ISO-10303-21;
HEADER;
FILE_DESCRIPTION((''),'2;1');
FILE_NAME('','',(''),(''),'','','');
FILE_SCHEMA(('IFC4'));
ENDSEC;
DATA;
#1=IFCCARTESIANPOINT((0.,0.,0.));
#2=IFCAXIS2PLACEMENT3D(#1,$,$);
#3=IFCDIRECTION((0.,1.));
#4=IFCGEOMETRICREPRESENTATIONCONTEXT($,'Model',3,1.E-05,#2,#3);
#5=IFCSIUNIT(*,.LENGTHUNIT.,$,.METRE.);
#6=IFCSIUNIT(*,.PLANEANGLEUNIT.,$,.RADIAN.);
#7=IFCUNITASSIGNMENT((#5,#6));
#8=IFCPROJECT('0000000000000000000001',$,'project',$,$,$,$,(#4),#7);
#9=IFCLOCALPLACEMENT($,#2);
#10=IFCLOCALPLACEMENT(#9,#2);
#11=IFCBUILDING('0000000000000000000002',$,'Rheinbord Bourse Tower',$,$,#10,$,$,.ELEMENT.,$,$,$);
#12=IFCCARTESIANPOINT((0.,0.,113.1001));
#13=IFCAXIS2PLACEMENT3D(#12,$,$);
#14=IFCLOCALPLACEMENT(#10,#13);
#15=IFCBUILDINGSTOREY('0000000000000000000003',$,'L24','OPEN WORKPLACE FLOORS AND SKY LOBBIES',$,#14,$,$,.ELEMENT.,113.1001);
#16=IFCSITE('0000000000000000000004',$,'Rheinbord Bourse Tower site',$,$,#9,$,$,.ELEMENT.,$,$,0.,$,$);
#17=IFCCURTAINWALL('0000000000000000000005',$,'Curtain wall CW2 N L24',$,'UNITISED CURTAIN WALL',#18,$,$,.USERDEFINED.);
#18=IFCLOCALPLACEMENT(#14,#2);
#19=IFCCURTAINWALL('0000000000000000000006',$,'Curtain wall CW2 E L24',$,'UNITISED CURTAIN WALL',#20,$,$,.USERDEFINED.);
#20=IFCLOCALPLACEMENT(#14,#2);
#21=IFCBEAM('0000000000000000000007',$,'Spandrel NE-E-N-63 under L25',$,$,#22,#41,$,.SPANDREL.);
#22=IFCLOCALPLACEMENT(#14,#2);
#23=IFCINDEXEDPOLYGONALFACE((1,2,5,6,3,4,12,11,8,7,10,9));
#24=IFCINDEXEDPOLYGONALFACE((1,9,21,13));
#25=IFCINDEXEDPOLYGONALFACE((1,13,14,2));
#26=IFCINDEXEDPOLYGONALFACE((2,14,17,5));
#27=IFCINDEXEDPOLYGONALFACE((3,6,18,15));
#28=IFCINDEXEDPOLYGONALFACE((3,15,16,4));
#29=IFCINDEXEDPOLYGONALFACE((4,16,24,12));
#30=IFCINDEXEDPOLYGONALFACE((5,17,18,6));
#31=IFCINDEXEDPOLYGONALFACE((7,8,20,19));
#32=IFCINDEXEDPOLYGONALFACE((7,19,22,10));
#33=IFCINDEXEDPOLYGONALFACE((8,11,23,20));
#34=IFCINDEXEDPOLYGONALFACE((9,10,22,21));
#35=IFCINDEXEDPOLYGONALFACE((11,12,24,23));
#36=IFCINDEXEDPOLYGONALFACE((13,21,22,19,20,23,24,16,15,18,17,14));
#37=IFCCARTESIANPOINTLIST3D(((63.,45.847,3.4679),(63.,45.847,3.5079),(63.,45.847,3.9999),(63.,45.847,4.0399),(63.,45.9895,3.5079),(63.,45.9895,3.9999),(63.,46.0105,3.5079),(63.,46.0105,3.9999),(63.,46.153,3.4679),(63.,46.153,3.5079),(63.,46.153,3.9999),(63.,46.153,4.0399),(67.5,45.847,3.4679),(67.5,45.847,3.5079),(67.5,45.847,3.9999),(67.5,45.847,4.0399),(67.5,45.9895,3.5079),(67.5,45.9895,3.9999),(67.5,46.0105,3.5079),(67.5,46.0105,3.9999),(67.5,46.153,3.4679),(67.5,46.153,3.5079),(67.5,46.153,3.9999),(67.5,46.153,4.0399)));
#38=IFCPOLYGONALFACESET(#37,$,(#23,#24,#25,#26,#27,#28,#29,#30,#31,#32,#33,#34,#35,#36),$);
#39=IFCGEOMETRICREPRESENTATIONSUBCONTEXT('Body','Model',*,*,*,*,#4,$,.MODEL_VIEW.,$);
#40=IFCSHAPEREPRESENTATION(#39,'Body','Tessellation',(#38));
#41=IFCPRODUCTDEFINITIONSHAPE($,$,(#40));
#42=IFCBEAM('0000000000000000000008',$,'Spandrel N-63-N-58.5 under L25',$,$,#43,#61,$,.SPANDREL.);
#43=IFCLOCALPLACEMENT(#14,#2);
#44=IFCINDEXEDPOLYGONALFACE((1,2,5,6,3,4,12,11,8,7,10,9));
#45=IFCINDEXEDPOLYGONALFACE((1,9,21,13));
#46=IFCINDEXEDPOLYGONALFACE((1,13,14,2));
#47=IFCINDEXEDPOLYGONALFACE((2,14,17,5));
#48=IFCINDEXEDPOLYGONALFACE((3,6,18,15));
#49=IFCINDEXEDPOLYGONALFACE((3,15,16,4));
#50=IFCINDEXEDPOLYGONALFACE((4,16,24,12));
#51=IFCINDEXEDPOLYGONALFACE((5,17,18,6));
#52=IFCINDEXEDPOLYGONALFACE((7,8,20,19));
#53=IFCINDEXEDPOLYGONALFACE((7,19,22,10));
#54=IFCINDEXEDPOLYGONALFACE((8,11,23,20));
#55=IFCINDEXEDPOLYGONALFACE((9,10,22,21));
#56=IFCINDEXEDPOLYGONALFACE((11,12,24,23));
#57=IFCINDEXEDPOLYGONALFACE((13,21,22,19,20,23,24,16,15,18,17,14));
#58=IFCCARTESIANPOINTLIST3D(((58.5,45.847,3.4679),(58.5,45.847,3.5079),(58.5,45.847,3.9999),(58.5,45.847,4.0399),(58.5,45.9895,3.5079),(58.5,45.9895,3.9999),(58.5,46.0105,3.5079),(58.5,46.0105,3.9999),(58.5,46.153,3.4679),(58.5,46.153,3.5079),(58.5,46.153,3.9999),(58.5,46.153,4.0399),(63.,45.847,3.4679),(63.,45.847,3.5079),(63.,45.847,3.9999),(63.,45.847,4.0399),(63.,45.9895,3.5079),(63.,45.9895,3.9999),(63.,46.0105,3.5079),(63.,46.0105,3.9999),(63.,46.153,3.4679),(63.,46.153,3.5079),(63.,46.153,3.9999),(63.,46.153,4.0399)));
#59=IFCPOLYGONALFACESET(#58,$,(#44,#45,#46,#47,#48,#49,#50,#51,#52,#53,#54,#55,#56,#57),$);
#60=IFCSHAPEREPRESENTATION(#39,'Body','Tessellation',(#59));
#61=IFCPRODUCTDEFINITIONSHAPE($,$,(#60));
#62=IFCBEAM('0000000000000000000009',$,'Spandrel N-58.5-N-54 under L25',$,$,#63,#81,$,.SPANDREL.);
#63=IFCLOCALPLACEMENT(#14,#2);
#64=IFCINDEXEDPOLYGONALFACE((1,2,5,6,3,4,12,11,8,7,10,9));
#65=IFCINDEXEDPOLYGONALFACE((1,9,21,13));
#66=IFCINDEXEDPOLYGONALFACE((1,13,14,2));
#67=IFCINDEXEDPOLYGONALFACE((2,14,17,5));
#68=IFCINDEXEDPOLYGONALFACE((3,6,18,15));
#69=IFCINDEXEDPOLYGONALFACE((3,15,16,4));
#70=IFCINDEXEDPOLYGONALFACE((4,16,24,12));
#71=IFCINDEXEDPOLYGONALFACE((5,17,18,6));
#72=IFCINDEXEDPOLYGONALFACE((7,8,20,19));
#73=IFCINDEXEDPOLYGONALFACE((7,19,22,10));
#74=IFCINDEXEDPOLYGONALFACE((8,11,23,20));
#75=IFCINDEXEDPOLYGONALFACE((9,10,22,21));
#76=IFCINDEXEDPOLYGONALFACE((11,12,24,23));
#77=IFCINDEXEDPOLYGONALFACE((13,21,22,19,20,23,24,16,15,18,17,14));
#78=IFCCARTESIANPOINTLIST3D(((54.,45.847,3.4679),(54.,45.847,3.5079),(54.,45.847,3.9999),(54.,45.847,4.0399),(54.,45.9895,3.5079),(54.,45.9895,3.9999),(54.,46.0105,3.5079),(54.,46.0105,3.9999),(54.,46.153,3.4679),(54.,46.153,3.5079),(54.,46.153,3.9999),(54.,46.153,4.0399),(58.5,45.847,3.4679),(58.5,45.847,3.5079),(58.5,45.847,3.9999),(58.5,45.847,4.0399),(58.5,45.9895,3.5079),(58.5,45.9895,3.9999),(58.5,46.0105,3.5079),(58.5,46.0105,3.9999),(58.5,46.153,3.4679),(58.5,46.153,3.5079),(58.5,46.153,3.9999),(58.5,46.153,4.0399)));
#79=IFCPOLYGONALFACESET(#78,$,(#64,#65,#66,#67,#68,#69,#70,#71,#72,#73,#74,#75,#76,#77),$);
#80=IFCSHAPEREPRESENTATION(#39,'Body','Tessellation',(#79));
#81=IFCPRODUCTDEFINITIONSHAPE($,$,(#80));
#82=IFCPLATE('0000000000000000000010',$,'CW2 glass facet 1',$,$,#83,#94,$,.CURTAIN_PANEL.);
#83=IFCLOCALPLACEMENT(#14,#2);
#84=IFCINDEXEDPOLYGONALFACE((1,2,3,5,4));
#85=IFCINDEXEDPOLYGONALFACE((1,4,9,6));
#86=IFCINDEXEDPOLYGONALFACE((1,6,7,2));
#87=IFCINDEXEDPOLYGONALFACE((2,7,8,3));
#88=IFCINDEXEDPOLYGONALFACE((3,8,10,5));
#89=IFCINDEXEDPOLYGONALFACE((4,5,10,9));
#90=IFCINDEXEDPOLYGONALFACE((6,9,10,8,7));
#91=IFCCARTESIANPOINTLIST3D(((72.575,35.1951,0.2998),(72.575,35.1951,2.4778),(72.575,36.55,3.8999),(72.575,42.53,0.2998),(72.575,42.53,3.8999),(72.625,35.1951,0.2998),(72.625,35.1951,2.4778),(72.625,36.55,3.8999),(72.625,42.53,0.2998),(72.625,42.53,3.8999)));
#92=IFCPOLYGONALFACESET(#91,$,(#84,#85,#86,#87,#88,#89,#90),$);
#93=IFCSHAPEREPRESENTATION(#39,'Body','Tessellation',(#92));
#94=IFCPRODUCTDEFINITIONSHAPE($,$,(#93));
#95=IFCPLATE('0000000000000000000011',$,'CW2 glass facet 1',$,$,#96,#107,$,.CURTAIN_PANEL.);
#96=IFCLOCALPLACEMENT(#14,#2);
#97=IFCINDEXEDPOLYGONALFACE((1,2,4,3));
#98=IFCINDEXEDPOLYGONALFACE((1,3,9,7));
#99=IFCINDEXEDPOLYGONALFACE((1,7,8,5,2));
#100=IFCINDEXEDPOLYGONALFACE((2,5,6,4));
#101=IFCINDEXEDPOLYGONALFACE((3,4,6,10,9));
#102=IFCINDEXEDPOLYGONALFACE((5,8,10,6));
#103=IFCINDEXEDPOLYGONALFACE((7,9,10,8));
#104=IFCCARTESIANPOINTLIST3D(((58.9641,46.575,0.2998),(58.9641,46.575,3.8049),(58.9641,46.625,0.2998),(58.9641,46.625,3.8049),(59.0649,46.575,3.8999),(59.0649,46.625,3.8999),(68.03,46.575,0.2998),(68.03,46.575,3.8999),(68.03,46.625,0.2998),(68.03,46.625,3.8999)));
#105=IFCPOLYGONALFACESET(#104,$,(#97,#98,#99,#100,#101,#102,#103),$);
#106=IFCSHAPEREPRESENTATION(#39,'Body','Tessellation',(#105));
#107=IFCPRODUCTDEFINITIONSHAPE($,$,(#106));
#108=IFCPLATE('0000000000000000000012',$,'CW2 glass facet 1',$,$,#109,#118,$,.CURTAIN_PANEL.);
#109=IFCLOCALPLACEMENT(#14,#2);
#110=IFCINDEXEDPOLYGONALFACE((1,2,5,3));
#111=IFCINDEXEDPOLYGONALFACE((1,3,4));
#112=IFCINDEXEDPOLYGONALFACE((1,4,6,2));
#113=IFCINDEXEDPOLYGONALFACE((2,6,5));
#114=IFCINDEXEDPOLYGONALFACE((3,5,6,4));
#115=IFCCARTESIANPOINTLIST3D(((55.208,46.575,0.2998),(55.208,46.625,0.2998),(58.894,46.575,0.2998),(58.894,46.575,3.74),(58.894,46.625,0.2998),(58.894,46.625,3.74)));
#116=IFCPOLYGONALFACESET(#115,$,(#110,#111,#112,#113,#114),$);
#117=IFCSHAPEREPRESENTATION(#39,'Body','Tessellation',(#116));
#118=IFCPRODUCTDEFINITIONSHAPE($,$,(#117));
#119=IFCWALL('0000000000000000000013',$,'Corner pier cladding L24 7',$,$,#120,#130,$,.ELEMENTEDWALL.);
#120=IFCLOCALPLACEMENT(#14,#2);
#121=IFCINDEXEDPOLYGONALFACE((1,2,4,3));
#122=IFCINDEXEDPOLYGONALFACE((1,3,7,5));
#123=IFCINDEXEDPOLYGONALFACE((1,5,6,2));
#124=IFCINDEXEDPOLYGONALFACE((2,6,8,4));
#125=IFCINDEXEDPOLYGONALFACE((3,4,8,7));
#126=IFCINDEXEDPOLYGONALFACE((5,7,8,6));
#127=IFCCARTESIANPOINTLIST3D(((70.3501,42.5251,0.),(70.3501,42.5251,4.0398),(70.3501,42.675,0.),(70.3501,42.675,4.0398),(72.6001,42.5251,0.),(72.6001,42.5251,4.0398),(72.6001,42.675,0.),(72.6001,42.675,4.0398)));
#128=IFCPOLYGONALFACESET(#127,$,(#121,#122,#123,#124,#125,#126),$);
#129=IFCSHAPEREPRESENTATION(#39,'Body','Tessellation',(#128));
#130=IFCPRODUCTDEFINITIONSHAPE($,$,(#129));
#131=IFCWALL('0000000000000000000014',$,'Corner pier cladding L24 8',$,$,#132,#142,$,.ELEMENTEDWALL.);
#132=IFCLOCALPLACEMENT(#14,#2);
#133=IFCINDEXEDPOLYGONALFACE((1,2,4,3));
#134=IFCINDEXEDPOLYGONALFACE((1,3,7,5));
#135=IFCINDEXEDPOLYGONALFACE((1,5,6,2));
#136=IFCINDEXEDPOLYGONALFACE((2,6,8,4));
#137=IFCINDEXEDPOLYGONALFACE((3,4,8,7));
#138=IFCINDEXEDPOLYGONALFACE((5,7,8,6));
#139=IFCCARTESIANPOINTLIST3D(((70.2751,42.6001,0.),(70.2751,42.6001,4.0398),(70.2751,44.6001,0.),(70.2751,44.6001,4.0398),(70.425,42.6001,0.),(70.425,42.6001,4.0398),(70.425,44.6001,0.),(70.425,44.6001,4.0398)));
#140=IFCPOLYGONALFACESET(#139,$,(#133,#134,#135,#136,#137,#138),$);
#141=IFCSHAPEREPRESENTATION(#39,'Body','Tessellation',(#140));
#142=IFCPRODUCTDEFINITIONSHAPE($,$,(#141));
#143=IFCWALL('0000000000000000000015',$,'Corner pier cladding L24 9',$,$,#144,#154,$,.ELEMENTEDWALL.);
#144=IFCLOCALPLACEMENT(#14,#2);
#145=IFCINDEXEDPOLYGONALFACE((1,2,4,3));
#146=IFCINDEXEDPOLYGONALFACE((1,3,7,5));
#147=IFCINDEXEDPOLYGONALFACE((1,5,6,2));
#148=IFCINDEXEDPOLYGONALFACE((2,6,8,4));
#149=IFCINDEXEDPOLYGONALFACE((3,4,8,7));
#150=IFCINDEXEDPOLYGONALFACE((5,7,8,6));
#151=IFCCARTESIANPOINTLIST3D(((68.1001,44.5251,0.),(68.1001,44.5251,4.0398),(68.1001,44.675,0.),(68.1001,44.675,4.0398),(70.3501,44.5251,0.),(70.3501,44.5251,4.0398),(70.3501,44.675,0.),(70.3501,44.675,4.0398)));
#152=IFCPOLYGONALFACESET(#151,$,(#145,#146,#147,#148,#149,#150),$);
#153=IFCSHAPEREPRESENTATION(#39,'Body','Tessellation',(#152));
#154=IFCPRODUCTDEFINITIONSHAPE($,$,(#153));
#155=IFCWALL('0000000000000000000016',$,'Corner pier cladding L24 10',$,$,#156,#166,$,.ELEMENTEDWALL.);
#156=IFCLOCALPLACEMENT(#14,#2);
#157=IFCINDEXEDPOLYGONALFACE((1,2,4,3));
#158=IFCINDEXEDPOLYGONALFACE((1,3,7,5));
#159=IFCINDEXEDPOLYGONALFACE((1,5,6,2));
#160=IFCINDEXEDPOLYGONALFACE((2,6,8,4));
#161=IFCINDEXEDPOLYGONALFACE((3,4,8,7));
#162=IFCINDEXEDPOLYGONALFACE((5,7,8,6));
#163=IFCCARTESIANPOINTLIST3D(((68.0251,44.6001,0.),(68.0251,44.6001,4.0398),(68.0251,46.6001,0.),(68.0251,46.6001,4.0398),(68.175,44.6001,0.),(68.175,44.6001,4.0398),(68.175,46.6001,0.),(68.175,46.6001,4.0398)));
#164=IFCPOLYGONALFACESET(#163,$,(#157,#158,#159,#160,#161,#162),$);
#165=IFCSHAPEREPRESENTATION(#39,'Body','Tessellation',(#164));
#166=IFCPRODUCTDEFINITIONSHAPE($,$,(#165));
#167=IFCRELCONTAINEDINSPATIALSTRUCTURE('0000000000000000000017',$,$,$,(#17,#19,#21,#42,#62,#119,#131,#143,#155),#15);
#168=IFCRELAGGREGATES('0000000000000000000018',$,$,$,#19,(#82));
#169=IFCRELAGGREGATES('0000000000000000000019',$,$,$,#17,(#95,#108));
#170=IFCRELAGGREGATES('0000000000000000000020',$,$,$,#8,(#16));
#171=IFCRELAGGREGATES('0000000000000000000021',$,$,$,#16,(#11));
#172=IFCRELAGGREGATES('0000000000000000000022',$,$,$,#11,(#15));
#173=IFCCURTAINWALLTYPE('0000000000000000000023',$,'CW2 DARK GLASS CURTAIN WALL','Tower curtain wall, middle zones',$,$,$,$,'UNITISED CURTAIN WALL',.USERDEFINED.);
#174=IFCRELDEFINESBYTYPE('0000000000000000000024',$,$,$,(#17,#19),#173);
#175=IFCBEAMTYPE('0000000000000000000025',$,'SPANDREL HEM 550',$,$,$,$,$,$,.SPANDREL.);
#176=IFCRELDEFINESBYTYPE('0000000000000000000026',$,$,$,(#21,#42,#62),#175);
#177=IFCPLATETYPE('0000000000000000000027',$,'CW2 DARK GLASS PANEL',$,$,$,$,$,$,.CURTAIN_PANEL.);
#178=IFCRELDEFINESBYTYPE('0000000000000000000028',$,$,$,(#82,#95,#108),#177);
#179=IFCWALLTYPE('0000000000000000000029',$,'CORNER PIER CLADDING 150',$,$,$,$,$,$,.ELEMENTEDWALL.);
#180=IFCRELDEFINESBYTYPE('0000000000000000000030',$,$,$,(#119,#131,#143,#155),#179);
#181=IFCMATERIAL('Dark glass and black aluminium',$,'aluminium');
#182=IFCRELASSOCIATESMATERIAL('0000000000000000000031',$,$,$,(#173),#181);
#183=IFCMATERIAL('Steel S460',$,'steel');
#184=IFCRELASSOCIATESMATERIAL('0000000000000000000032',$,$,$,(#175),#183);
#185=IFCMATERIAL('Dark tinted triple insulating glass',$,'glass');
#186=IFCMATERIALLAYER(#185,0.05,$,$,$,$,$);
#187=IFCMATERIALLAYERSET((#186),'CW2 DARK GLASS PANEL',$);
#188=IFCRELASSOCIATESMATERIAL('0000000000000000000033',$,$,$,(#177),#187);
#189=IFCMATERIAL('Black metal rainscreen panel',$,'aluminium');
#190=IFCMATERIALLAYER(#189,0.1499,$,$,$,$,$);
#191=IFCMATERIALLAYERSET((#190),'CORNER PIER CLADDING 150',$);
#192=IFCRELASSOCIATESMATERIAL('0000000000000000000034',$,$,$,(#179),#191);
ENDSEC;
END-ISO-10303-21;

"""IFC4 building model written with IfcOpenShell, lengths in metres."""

from ifc_helpers import new_model, si_unit, direction, frame, frame_2d, origin, origin_2d, place, context, subcontext, project, spatial, polyline, rectangle, i_section, outline, extrude, material, layer, layer_set, material_profile, profile_set, type_object, element, aggregate, save


model = new_model("IFC4")

# Units and contexts
model_context = context("Model", 3, precision=1e-05, world=origin(), true_north=direction((0.0, 1.0)))
body_context = subcontext(model_context, "Body", "Model", "MODEL_VIEW")
ifc_project = project(units=[si_unit("LENGTHUNIT", "METRE"), si_unit("PLANEANGLEUNIT", "RADIAN")], contexts=[model_context])

# Site, building, storey
site_placement = place(None, origin())
site = spatial("IfcSite", under=ifc_project, at=site_placement, Name="Rheinbord Bourse Tower site", CompositionType="ELEMENT", RefElevation=0.0)
building_placement = place(site_placement, origin())
building = spatial("IfcBuilding", under=site, at=building_placement, Name="Rheinbord Bourse Tower", CompositionType="ELEMENT")
storey_placement = place(building_placement, frame((0.0, 0.0, 113.1001)))
storey = spatial("IfcBuildingStorey", under=building, at=storey_placement, Name="L24", Description="OPEN WORKPLACE FLOORS AND SKY LOBBIES", CompositionType="ELEMENT", Elevation=113.1001)

# Curtain walls
ifc_material_1 = material(Name="Dark glass and black aluminium", Category="aluminium")
curtain_wall_type = type_object("IfcCurtainWallType", Name="CW2 DARK GLASS CURTAIN WALL", Description="Tower curtain wall, middle zones", ElementType="UNITISED CURTAIN WALL", PredefinedType="USERDEFINED", material=ifc_material_1)
curtain_wall_1_placement = place(storey_placement, origin())
curtain_wall_1 = element("IfcCurtainWall", 1, at=curtain_wall_1_placement, inside=storey, type_object=curtain_wall_type, Name="Curtain wall CW2 N L24", ObjectType="UNITISED CURTAIN WALL", PredefinedType="USERDEFINED")
curtain_wall_2_placement = place(storey_placement, origin())
curtain_wall_2 = element("IfcCurtainWall", 2, at=curtain_wall_2_placement, inside=storey, type_object=curtain_wall_type, Name="Curtain wall CW2 E L24", ObjectType="UNITISED CURTAIN WALL", PredefinedType="USERDEFINED")

# Beams
ifc_material_2 = material(Name="Steel S460", Category="steel")
ifc_material_profile_1 = material_profile(ifc_material_2, i_section(OverallWidth=0.3059, OverallDepth=0.572, WebThickness=0.021, FlangeThickness=0.04, at=origin_2d()), Name="HEM 550")
ifc_profile_set_1 = profile_set([ifc_material_profile_1], Name="Steel S460")
beam_type_1 = type_object("IfcBeamType", Name="SPANDREL HEM 550", PredefinedType="SPANDREL", material=ifc_profile_set_1)
for number, where, z_axis, x_axis, name in (
    (3, (67.5, 46.0, 3.7539), (-1.0, 0.0, 0.0), (0.0, -1.0, 0.0), "Spandrel NE-E-N-63 under L25"),
    (4, (63.0, 46.0, 3.7539), (-1.0, 0.0, 0.0), (0.0, -1.0, 0.0), "Spandrel N-63-N-58.5 under L25"),
    (5, (58.5, 46.0, 3.7539), (-1.0, 0.0, 0.0), (0.0, -1.0, 0.0), "Spandrel N-58.5-N-54 under L25"),
):
    element("IfcBeam", number, at=place(storey_placement, frame(where, z_axis=z_axis, x_axis=x_axis)), inside=storey, type_object=beam_type_1, Name=name, PredefinedType="SPANDREL", context=body_context, shape_type="SweptSolid", body=[
        extrude(i_section(OverallWidth=0.3059, OverallDepth=0.572, WebThickness=0.021, FlangeThickness=0.04, at=origin_2d()), origin(), (0.0, 0.0, 1.0), 4.5),
    ])

# Plates
ifc_material_3 = material(Name="Dark tinted triple insulating glass", Category="glass")
ifc_layer_1 = layer(ifc_material_3, 0.05)
ifc_layer_set_1 = layer_set([ifc_layer_1], Name="CW2 DARK GLASS PANEL")
plate_type = type_object("IfcPlateType", Name="CW2 DARK GLASS PANEL", PredefinedType="CURTAIN_PANEL", material=ifc_layer_set_1)
plate_1_placement = place(storey_placement, frame((72.625, 42.53, 3.8999), z_axis=(-1.0, 0.0, 0.0), x_axis=(0.0, 0.0, -1.0)))
plate_1 = element("IfcPlate", 6, at=plate_1_placement, type_object=plate_type, Name="CW2 glass facet 1", PredefinedType="CURTAIN_PANEL", context=body_context, shape_type="SweptSolid", body=[
    extrude(outline(polyline([(0.0, 0.0), (3.6001, 0.0), (3.6001, 7.335), (1.4221, 7.335), (0.0, 5.98), (0.0, 0.0)])), origin(), (0.0, 0.0, 1.0), 0.05),
])
aggregate(curtain_wall_2, [plate_1])
plate_2_placement = place(storey_placement, frame((58.9641, 46.625, 0.2998), z_axis=(0.0, -1.0, 0.0), x_axis=(1.0, 0.0, 0.0)))
plate_2 = element("IfcPlate", 7, at=plate_2_placement, type_object=plate_type, Name="CW2 glass facet 1", PredefinedType="CURTAIN_PANEL", context=body_context, shape_type="SweptSolid", body=[
    extrude(outline(polyline([(0.0, 0.0), (9.0659, 0.0), (9.0659, 3.6001), (0.1008, 3.6001), (0.0, 3.5051), (0.0, 0.0)])), origin(), (0.0, 0.0, 1.0), 0.05),
])
plate_3_placement = place(storey_placement, frame((58.894, 46.625, 0.2998), z_axis=(0.0, -1.0, 0.0), x_axis=(0.0, 0.0, 1.0)))
plate_3 = element("IfcPlate", 8, at=plate_3_placement, type_object=plate_type, Name="CW2 glass facet 1", PredefinedType="CURTAIN_PANEL", context=body_context, shape_type="SweptSolid", body=[
    extrude(outline(polyline([(0.0, 0.0), (3.4402, 0.0), (0.0, 3.686), (0.0, 0.0)])), origin(), (0.0, 0.0, 1.0), 0.05),
])
aggregate(curtain_wall_1, [plate_2, plate_3])

# Walls
ifc_material_4 = material(Name="Black metal rainscreen panel", Category="aluminium")
ifc_layer_2 = layer(ifc_material_4, 0.1499)
ifc_layer_set_2 = layer_set([ifc_layer_2], Name="CORNER PIER CLADDING 150")
wall_type = type_object("IfcWallType", Name="CORNER PIER CLADDING 150", PredefinedType="ELEMENTEDWALL", material=ifc_layer_set_2)
wall_1_placement = place(storey_placement, frame((72.6001, 42.6001, 0.0), z_axis=(0.0, 0.0, 1.0), x_axis=(-1.0, 0.0, 0.0)))
element("IfcWall", 9, at=wall_1_placement, inside=storey, type_object=wall_type, Name="Corner pier cladding L24 7", PredefinedType="ELEMENTEDWALL", context=body_context, shape_type="SweptSolid", body=[
    extrude(rectangle(XDim=2.25, YDim=0.1499, at=frame_2d((1.125, 0.0))), origin(), (0.0, 0.0, 1.0), 4.0398),
])
wall_2_placement = place(storey_placement, frame((70.3501, 42.6001, 0.0), z_axis=(0.0, 0.0, 1.0), x_axis=(0.0, 1.0, 0.0)))
element("IfcWall", 10, at=wall_2_placement, inside=storey, type_object=wall_type, Name="Corner pier cladding L24 8", PredefinedType="ELEMENTEDWALL", context=body_context, shape_type="SweptSolid", body=[
    extrude(rectangle(XDim=2.0, YDim=0.1499, at=frame_2d((1.0, 0.0))), origin(), (0.0, 0.0, 1.0), 4.0398),
])
wall_3_placement = place(storey_placement, frame((70.3501, 44.6001, 0.0), z_axis=(0.0, 0.0, 1.0), x_axis=(-1.0, 0.0, 0.0)))
element("IfcWall", 11, at=wall_3_placement, inside=storey, type_object=wall_type, Name="Corner pier cladding L24 9", PredefinedType="ELEMENTEDWALL", context=body_context, shape_type="SweptSolid", body=[
    extrude(rectangle(XDim=2.25, YDim=0.1499, at=frame_2d((1.125, 0.0))), origin(), (0.0, 0.0, 1.0), 4.0398),
])
wall_4_placement = place(storey_placement, frame((68.1001, 44.6001, 0.0), z_axis=(0.0, 0.0, 1.0), x_axis=(0.0, 1.0, 0.0)))
element("IfcWall", 12, at=wall_4_placement, inside=storey, type_object=wall_type, Name="Corner pier cladding L24 10", PredefinedType="ELEMENTEDWALL", context=body_context, shape_type="SweptSolid", body=[
    extrude(rectangle(XDim=2.0, YDim=0.1499, at=frame_2d((1.0, 0.0))), origin(), (0.0, 0.0, 1.0), 4.0398),
])

save(model, "model.ifc")
